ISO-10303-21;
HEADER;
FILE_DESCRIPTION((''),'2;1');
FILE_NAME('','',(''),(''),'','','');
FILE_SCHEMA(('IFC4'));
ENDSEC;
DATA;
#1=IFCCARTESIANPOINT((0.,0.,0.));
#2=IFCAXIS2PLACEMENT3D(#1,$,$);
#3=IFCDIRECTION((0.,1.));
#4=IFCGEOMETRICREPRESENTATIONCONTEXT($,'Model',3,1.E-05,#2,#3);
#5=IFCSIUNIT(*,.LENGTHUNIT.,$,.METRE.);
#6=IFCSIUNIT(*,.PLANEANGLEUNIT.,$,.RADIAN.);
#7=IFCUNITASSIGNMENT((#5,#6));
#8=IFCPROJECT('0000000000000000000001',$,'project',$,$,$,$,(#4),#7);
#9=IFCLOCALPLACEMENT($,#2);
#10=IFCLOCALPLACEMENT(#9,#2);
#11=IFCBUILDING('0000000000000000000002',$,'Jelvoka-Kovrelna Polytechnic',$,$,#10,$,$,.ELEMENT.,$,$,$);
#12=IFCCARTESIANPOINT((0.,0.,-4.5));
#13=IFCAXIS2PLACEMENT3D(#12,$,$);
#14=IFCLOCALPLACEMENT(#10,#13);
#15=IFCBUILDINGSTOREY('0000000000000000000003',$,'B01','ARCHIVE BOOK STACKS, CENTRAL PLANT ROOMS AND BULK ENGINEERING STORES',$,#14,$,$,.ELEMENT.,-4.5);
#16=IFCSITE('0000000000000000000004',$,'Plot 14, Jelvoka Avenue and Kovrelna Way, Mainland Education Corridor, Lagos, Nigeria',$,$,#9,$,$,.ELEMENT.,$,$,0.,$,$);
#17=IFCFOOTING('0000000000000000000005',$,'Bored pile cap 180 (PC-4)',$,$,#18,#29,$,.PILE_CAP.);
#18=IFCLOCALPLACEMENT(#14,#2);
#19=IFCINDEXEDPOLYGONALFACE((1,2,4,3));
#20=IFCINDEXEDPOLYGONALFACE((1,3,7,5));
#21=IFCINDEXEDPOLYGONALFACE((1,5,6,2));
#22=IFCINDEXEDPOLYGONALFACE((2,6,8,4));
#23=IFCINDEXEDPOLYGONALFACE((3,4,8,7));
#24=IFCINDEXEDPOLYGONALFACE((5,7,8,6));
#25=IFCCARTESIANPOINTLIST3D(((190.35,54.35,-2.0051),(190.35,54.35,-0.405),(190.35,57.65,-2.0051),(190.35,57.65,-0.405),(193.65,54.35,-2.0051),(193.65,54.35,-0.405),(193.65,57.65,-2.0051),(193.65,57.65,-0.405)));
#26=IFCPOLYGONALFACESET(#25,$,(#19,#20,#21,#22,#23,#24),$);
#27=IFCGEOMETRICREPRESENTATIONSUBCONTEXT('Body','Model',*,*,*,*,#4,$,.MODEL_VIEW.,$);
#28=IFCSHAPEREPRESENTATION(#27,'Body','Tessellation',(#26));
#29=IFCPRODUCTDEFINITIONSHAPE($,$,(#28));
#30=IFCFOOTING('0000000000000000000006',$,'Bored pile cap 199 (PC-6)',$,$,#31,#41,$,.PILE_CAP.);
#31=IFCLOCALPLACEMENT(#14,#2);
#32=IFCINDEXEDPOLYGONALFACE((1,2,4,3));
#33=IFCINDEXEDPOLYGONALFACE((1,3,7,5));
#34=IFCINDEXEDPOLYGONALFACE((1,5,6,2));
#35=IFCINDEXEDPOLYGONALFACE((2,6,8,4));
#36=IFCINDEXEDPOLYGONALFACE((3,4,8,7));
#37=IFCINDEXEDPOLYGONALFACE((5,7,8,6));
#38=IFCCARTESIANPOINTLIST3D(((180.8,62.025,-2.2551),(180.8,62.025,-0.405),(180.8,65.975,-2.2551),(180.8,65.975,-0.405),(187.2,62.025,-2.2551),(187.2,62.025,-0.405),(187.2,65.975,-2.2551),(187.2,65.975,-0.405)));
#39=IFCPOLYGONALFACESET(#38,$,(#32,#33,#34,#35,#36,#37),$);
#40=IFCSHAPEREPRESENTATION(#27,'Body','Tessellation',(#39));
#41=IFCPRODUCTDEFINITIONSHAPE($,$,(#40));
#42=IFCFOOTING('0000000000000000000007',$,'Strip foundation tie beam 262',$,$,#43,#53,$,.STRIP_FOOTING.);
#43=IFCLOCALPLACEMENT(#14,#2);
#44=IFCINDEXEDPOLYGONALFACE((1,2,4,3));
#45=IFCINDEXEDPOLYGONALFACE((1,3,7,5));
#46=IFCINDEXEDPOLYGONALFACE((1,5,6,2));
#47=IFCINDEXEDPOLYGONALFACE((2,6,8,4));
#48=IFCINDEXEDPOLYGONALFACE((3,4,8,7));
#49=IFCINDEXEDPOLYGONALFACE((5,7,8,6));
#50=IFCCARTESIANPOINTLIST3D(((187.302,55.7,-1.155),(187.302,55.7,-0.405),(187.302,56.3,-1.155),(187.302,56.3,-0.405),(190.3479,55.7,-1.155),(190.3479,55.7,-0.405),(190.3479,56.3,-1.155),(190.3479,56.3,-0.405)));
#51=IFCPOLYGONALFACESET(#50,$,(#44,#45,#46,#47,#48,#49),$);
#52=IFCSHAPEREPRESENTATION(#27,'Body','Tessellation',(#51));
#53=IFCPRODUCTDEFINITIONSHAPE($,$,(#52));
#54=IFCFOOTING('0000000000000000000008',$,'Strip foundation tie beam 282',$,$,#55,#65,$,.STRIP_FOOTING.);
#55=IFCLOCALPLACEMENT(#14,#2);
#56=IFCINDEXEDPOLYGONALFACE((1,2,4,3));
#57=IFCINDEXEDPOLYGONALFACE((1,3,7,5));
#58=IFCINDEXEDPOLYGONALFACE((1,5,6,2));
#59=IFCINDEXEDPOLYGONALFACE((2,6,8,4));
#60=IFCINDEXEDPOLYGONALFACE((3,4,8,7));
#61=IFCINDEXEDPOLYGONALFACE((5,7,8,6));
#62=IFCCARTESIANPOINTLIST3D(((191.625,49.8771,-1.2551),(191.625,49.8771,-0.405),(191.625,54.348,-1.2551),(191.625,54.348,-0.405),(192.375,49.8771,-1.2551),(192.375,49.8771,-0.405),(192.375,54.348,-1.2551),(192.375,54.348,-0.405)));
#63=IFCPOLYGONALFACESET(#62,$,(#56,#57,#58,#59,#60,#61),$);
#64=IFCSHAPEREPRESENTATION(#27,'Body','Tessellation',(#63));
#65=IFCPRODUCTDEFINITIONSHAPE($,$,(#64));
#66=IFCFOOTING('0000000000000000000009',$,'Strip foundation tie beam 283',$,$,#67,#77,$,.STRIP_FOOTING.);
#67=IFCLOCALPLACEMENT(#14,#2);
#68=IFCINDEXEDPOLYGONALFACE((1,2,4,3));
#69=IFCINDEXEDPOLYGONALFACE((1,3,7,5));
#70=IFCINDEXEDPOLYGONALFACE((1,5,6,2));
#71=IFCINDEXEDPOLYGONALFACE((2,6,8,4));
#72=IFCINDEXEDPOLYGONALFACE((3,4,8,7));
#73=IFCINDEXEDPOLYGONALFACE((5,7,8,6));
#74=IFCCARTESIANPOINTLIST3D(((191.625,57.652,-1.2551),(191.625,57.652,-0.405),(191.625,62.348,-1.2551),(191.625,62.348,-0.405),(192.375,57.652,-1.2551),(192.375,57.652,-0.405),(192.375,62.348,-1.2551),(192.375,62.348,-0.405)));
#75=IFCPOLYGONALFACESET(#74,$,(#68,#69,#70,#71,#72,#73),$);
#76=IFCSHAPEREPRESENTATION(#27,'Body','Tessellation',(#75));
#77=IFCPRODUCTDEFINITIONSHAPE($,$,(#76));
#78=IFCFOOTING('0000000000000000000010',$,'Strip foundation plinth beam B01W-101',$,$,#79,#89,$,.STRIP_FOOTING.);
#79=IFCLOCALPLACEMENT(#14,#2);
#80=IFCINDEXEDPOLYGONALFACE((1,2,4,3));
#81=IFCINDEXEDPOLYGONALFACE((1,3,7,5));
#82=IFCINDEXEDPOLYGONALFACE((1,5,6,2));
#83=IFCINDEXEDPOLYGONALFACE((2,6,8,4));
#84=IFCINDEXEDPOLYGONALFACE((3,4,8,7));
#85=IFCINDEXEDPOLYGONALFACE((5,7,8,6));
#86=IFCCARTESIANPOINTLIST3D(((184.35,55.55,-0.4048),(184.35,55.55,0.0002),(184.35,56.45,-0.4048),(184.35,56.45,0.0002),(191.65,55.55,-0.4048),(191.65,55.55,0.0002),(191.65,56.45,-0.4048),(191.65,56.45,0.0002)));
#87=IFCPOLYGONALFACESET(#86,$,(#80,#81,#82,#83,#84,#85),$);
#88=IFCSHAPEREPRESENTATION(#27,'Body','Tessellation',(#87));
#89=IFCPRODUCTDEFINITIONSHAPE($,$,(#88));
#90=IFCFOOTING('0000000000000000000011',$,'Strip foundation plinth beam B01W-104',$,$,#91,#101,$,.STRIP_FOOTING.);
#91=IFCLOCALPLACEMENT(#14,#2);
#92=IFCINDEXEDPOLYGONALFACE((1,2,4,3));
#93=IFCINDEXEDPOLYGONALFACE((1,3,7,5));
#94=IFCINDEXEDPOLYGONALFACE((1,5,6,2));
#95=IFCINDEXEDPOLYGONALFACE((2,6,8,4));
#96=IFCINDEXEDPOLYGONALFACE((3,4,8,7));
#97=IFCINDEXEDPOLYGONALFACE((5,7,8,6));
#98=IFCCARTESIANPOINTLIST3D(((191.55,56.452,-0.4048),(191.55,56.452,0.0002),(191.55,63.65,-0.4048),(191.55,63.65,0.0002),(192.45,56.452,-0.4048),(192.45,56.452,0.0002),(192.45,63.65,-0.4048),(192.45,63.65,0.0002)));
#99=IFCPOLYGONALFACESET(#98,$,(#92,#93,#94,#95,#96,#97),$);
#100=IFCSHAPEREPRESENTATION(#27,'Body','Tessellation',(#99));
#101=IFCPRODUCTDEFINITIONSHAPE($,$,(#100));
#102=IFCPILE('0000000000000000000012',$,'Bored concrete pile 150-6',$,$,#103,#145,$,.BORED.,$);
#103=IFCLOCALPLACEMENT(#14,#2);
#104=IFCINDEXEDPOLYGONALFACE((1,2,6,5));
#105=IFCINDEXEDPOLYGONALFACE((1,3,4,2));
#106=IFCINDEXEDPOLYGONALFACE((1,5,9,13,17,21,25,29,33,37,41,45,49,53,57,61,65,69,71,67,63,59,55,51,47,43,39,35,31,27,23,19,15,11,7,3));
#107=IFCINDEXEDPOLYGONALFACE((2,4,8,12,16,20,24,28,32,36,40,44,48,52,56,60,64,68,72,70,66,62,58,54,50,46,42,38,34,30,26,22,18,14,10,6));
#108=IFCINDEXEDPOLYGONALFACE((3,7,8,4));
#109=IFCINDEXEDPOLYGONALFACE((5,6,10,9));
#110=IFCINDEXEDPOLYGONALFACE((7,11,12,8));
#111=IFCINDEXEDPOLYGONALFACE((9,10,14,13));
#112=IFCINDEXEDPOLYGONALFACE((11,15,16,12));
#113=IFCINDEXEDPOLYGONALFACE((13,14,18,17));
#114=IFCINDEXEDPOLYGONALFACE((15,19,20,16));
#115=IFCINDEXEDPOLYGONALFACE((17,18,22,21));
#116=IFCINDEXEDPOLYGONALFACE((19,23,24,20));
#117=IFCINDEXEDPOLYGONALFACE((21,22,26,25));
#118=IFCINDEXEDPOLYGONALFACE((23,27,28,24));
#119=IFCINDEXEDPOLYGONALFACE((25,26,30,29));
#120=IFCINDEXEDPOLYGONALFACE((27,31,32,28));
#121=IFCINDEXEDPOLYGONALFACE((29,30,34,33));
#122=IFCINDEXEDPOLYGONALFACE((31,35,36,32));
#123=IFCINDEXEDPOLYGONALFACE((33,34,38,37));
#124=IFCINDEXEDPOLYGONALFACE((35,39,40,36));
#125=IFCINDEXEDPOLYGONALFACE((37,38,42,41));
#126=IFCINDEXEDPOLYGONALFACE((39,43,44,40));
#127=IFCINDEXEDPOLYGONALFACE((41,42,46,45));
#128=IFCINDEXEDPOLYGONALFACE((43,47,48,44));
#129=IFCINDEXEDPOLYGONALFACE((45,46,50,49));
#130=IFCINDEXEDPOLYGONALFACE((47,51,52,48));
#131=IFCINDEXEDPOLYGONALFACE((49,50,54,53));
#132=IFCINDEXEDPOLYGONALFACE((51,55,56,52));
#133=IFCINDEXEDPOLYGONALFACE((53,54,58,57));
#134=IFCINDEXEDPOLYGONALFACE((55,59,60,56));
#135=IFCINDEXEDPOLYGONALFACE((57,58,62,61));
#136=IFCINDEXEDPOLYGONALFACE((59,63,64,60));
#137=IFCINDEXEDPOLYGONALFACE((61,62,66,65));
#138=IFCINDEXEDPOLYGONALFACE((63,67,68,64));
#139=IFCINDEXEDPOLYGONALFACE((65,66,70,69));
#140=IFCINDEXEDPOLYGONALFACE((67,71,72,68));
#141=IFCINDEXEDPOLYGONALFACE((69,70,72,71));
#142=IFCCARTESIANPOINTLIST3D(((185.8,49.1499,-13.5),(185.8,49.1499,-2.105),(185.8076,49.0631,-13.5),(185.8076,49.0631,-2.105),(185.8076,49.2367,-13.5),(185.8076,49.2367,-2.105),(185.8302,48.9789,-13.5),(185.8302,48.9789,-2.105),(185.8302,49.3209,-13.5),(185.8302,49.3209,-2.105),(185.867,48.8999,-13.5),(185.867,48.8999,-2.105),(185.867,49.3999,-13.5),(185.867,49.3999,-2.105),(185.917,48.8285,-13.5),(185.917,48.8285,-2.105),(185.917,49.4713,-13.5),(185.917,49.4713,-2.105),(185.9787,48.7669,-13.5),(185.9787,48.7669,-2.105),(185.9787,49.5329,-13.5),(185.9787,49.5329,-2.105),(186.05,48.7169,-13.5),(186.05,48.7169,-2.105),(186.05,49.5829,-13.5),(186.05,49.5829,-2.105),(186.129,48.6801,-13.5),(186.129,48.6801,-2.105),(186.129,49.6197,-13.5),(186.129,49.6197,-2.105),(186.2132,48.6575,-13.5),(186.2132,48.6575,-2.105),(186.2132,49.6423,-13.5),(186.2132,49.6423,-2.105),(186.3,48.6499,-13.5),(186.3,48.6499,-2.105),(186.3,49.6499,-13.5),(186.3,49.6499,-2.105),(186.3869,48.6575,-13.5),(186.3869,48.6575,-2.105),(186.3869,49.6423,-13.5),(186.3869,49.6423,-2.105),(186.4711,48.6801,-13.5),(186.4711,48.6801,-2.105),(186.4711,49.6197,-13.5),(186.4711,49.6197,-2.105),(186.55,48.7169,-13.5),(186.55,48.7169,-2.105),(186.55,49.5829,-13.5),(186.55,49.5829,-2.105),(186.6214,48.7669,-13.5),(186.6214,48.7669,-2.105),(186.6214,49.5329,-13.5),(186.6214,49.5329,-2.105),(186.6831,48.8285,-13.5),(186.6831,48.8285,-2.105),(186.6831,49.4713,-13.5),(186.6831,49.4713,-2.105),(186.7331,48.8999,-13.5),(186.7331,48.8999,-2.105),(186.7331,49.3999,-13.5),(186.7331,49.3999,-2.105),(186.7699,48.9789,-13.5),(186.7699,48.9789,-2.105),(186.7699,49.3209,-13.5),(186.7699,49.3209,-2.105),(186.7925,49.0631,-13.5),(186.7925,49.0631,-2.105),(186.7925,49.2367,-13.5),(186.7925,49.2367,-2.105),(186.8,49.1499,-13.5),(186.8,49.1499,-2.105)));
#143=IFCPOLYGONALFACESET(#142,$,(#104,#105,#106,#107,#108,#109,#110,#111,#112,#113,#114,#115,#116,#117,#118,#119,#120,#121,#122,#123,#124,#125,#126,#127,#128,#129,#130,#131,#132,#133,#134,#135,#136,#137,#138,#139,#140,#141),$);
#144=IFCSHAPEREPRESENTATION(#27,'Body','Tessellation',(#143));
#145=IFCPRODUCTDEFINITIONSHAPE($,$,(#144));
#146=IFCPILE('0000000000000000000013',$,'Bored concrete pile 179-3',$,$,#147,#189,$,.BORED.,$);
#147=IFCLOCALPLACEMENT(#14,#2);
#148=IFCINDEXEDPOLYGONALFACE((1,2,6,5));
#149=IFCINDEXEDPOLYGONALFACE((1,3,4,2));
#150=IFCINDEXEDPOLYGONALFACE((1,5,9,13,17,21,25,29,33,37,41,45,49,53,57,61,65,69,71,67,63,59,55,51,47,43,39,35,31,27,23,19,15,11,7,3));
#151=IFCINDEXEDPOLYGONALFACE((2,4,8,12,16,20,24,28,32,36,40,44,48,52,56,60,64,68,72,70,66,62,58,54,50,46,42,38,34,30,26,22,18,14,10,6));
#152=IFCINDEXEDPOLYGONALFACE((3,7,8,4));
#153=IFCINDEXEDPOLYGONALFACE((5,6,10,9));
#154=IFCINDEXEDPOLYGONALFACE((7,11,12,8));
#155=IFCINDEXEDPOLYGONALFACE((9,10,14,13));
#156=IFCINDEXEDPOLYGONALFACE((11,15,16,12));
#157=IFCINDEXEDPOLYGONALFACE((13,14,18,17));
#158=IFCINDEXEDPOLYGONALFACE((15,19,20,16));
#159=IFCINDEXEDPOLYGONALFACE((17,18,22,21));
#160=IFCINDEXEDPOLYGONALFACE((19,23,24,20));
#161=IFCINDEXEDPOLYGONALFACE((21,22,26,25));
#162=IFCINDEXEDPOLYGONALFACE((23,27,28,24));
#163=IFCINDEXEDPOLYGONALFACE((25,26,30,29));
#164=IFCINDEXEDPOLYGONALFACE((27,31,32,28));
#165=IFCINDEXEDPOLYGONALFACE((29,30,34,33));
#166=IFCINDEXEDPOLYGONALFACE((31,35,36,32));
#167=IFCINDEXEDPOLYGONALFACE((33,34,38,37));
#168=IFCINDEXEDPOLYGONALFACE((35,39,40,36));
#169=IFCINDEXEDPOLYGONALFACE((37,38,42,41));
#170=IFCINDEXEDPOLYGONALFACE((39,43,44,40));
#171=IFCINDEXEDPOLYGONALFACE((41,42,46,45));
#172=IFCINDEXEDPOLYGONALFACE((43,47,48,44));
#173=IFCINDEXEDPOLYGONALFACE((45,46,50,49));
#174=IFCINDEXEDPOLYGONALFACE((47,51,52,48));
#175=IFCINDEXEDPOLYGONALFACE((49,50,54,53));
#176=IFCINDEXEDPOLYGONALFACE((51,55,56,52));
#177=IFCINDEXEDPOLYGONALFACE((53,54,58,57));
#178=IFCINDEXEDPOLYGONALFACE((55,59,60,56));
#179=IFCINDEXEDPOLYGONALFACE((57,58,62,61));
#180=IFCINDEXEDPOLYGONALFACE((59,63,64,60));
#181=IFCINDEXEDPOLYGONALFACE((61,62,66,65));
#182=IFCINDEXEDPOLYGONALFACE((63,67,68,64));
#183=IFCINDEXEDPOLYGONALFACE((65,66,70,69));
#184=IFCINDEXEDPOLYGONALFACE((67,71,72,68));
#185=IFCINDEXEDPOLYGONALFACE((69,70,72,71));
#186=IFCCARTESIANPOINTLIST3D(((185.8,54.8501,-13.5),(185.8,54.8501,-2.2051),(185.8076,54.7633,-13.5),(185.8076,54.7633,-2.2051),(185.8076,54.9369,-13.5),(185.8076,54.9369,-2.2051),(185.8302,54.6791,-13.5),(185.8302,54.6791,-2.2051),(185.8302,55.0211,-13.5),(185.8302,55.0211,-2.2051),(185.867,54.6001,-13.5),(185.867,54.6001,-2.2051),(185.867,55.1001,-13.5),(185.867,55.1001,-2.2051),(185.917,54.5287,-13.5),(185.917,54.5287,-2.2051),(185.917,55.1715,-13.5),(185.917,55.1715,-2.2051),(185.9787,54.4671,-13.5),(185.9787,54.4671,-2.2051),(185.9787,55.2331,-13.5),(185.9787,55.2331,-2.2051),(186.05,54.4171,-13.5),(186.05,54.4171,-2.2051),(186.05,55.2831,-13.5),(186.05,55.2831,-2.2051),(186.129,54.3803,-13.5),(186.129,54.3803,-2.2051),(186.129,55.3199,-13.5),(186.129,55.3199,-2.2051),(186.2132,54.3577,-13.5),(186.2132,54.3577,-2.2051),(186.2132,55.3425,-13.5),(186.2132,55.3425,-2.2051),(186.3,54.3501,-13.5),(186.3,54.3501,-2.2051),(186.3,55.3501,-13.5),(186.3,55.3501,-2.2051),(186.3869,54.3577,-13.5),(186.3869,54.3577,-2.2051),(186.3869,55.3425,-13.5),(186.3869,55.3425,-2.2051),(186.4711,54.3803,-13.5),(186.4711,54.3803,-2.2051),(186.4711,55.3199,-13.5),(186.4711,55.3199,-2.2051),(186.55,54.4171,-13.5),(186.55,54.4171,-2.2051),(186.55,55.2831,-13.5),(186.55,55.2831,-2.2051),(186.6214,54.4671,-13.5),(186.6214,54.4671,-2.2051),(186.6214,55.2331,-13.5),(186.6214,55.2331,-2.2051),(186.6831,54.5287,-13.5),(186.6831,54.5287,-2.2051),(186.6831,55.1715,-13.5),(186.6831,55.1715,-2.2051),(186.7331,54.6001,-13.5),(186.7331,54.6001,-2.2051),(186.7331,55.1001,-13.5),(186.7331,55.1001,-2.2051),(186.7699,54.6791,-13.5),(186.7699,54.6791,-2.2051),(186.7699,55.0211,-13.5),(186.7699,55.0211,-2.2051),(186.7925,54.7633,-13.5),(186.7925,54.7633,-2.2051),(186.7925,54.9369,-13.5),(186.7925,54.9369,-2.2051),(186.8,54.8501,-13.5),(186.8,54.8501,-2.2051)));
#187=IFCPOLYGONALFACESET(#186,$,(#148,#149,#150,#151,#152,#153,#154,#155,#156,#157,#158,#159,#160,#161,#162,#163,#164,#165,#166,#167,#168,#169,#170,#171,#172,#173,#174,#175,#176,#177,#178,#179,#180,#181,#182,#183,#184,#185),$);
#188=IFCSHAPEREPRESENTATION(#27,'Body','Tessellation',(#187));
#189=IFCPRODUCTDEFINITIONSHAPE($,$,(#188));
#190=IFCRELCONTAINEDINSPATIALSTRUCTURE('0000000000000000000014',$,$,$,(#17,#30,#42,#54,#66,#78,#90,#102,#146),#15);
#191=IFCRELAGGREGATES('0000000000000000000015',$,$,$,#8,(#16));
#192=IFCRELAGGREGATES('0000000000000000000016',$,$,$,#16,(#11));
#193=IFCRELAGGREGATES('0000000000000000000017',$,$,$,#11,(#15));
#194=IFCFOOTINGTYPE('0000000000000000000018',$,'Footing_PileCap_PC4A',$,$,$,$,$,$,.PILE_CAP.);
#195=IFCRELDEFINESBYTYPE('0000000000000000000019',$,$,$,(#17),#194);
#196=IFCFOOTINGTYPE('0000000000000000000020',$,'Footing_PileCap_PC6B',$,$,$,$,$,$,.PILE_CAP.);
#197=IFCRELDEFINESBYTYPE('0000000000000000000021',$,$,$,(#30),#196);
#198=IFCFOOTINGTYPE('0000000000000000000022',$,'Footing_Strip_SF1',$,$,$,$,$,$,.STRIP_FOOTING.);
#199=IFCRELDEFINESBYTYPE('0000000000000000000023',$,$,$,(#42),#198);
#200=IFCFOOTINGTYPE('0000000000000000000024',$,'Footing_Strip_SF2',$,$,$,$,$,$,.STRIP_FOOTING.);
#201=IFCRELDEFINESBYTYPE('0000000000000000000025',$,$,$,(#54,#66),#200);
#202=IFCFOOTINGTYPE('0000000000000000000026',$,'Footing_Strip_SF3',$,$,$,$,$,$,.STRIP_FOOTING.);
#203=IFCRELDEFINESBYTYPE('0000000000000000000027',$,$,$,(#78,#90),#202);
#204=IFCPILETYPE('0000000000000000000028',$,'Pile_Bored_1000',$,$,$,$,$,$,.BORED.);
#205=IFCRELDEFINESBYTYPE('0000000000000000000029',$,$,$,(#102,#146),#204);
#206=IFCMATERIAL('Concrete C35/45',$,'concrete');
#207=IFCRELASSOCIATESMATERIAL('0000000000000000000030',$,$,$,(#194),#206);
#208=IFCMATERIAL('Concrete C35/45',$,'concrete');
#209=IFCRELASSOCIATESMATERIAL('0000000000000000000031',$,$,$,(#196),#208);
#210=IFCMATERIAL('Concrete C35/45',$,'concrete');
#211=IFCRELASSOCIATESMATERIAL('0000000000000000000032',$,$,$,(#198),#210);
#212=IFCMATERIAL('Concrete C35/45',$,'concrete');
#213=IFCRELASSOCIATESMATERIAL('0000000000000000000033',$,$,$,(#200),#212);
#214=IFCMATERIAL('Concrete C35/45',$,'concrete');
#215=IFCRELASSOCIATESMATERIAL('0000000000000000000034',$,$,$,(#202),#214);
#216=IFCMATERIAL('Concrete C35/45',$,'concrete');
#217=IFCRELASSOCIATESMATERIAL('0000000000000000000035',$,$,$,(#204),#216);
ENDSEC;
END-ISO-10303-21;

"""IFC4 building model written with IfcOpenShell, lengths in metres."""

from ifc_helpers import new_model, si_unit, direction, frame, origin, origin_2d, place, context, subcontext, project, spatial, rectangle, circle, extrude, material, material_profile, profile_set, type_object, element, save


model = new_model("IFC4")

# Units and contexts
model_context = context("Model", 3, precision=1e-05, world=origin(), true_north=direction((0.0, 1.0)))
body_context = subcontext(model_context, "Body", "Model", "MODEL_VIEW")
ifc_project = project(units=[si_unit("LENGTHUNIT", "METRE"), si_unit("PLANEANGLEUNIT", "RADIAN")], contexts=[model_context])

# Site, building, storey
site_placement = place(None, origin())
site = spatial("IfcSite", under=ifc_project, at=site_placement, Name="Plot 14, Jelvoka Avenue and Kovrelna Way, Mainland Education Corridor, Lagos, Nigeria", CompositionType="ELEMENT", RefElevation=0.0)
building_placement = place(site_placement, origin())
building = spatial("IfcBuilding", under=site, at=building_placement, Name="Jelvoka-Kovrelna Polytechnic", CompositionType="ELEMENT")
storey_placement = place(building_placement, frame((0.0, 0.0, -4.5)))
storey = spatial("IfcBuildingStorey", under=building, at=storey_placement, Name="B01", Description="ARCHIVE BOOK STACKS, CENTRAL PLANT ROOMS AND BULK ENGINEERING STORES", CompositionType="ELEMENT", Elevation=-4.5)

# Footings
ifc_material_1 = material(Name="Concrete C35/45", Category="concrete")
footing_type_1 = type_object("IfcFootingType", Name="Footing_PileCap_PC4A", PredefinedType="PILE_CAP", material=ifc_material_1)
footing_1_placement = place(storey_placement, frame((192.0, 56.0, -2.0051), z_axis=(0.0, 0.0, 1.0), x_axis=(1.0, 0.0, 0.0)))
element("IfcFooting", 1, at=footing_1_placement, inside=storey, type_object=footing_type_1, Name="Bored pile cap 180 (PC-4)", PredefinedType="PILE_CAP", context=body_context, shape_type="SweptSolid", body=[
    extrude(rectangle(XDim=3.3, YDim=3.3, at=origin_2d()), origin(), (0.0, 0.0, 1.0), 1.6001),
])
ifc_material_2 = material(Name="Concrete C35/45", Category="concrete")
footing_type_2 = type_object("IfcFootingType", Name="Footing_PileCap_PC6B", PredefinedType="PILE_CAP", material=ifc_material_2)
footing_2_placement = place(storey_placement, frame((184.0, 64.0, -2.2551), z_axis=(0.0, 0.0, 1.0), x_axis=(1.0, 0.0, 0.0)))
element("IfcFooting", 2, at=footing_2_placement, inside=storey, type_object=footing_type_2, Name="Bored pile cap 199 (PC-6)", PredefinedType="PILE_CAP", context=body_context, shape_type="SweptSolid", body=[
    extrude(rectangle(XDim=6.3999, YDim=3.95, at=origin_2d()), origin(), (0.0, 0.0, 1.0), 1.8501),
])
ifc_material_3 = material(Name="Concrete C35/45", Category="concrete")
footing_type_3 = type_object("IfcFootingType", Name="Footing_Strip_SF1", PredefinedType="STRIP_FOOTING", material=ifc_material_3)
footing_3_placement = place(storey_placement, frame((188.825, 56.0, -1.155), z_axis=(0.0, 0.0, 1.0), x_axis=(1.0, 0.0, 0.0)))
element("IfcFooting", 3, at=footing_3_placement, inside=storey, type_object=footing_type_3, Name="Strip foundation tie beam 262", PredefinedType="STRIP_FOOTING", context=body_context, shape_type="SweptSolid", body=[
    extrude(rectangle(XDim=3.0459, YDim=0.6001, at=origin_2d()), origin(), (0.0, 0.0, 1.0), 0.75),
])
ifc_material_4 = material(Name="Concrete C35/45", Category="concrete")
footing_type_4 = type_object("IfcFootingType", Name="Footing_Strip_SF2", PredefinedType="STRIP_FOOTING", material=ifc_material_4)
footing_4_placement = place(storey_placement, frame((192.0, 52.1125, -1.2551), z_axis=(0.0, 0.0, 1.0), x_axis=(0.0, 1.0, 0.0)))
element("IfcFooting", 4, at=footing_4_placement, inside=storey, type_object=footing_type_4, Name="Strip foundation tie beam 282", PredefinedType="STRIP_FOOTING", context=body_context, shape_type="SweptSolid", body=[
    extrude(rectangle(XDim=4.4709, YDim=0.75, at=origin_2d()), origin(), (0.0, 0.0, 1.0), 0.8501),
])
footing_5_placement = place(storey_placement, frame((192.0, 60.0, -1.2551), z_axis=(0.0, 0.0, 1.0), x_axis=(0.0, 1.0, 0.0)))
element("IfcFooting", 5, at=footing_5_placement, inside=storey, type_object=footing_type_4, Name="Strip foundation tie beam 283", PredefinedType="STRIP_FOOTING", context=body_context, shape_type="SweptSolid", body=[
    extrude(rectangle(XDim=4.696, YDim=0.75, at=origin_2d()), origin(), (0.0, 0.0, 1.0), 0.8501),
])
ifc_material_5 = material(Name="Concrete C35/45", Category="concrete")
footing_type_5 = type_object("IfcFootingType", Name="Footing_Strip_SF3", PredefinedType="STRIP_FOOTING", material=ifc_material_5)
footing_6_placement = place(storey_placement, frame((188.0, 56.0, -0.4048), z_axis=(0.0, 0.0, 1.0), x_axis=(1.0, 0.0, 0.0)))
element("IfcFooting", 6, at=footing_6_placement, inside=storey, type_object=footing_type_5, Name="Strip foundation plinth beam B01W-101", PredefinedType="STRIP_FOOTING", context=body_context, shape_type="SweptSolid", body=[
    extrude(rectangle(XDim=7.3, YDim=0.8999, at=origin_2d()), origin(), (0.0, 0.0, 1.0), 0.405),
])
footing_7_placement = place(storey_placement, frame((192.0, 60.051, -0.4048), z_axis=(0.0, 0.0, 1.0), x_axis=(0.0, 1.0, 0.0)))
element("IfcFooting", 7, at=footing_7_placement, inside=storey, type_object=footing_type_5, Name="Strip foundation plinth beam B01W-104", PredefinedType="STRIP_FOOTING", context=body_context, shape_type="SweptSolid", body=[
    extrude(rectangle(XDim=7.198, YDim=0.8999, at=origin_2d()), origin(), (0.0, 0.0, 1.0), 0.405),
])

# Piles
ifc_material_6 = material(Name="Concrete C35/45", Category="concrete")
ifc_material_profile_1 = material_profile(ifc_material_6, circle(Radius=0.5, at=origin_2d()), Name="PILE D1000")
ifc_profile_set_1 = profile_set([ifc_material_profile_1], Name="Concrete C35/45")
pile_type_1 = type_object("IfcPileType", Name="Pile_Bored_1000", PredefinedType="BORED", material=ifc_profile_set_1)
pile_1_placement = place(storey_placement, frame((186.3, 49.1499, -2.105), z_axis=(0.0, 0.0, -1.0), x_axis=(1.0, 0.0, 0.0)))
element("IfcPile", 8, at=pile_1_placement, inside=storey, type_object=pile_type_1, Name="Bored concrete pile 150-6", PredefinedType="BORED", context=body_context, shape_type="SweptSolid", body=[
    extrude(circle(Radius=0.5, at=origin_2d()), origin(), (0.0, 0.0, 1.0), 11.395),
])
for number, where, z_axis, x_axis, name in (
    (9, (186.3, 54.8501, -2.2051), (0.0, 0.0, -1.0), (1.0, 0.0, 0.0), "Bored concrete pile 179-3"),
):
    element("IfcPile", number, at=place(storey_placement, frame(where, z_axis=z_axis, x_axis=x_axis)), inside=storey, type_object=pile_type_1, Name=name, PredefinedType="BORED", context=body_context, shape_type="SweptSolid", body=[
        extrude(circle(Radius=0.5, at=origin_2d()), origin(), (0.0, 0.0, 1.0), 11.2949),
    ])

save(model, "model.ifc")
